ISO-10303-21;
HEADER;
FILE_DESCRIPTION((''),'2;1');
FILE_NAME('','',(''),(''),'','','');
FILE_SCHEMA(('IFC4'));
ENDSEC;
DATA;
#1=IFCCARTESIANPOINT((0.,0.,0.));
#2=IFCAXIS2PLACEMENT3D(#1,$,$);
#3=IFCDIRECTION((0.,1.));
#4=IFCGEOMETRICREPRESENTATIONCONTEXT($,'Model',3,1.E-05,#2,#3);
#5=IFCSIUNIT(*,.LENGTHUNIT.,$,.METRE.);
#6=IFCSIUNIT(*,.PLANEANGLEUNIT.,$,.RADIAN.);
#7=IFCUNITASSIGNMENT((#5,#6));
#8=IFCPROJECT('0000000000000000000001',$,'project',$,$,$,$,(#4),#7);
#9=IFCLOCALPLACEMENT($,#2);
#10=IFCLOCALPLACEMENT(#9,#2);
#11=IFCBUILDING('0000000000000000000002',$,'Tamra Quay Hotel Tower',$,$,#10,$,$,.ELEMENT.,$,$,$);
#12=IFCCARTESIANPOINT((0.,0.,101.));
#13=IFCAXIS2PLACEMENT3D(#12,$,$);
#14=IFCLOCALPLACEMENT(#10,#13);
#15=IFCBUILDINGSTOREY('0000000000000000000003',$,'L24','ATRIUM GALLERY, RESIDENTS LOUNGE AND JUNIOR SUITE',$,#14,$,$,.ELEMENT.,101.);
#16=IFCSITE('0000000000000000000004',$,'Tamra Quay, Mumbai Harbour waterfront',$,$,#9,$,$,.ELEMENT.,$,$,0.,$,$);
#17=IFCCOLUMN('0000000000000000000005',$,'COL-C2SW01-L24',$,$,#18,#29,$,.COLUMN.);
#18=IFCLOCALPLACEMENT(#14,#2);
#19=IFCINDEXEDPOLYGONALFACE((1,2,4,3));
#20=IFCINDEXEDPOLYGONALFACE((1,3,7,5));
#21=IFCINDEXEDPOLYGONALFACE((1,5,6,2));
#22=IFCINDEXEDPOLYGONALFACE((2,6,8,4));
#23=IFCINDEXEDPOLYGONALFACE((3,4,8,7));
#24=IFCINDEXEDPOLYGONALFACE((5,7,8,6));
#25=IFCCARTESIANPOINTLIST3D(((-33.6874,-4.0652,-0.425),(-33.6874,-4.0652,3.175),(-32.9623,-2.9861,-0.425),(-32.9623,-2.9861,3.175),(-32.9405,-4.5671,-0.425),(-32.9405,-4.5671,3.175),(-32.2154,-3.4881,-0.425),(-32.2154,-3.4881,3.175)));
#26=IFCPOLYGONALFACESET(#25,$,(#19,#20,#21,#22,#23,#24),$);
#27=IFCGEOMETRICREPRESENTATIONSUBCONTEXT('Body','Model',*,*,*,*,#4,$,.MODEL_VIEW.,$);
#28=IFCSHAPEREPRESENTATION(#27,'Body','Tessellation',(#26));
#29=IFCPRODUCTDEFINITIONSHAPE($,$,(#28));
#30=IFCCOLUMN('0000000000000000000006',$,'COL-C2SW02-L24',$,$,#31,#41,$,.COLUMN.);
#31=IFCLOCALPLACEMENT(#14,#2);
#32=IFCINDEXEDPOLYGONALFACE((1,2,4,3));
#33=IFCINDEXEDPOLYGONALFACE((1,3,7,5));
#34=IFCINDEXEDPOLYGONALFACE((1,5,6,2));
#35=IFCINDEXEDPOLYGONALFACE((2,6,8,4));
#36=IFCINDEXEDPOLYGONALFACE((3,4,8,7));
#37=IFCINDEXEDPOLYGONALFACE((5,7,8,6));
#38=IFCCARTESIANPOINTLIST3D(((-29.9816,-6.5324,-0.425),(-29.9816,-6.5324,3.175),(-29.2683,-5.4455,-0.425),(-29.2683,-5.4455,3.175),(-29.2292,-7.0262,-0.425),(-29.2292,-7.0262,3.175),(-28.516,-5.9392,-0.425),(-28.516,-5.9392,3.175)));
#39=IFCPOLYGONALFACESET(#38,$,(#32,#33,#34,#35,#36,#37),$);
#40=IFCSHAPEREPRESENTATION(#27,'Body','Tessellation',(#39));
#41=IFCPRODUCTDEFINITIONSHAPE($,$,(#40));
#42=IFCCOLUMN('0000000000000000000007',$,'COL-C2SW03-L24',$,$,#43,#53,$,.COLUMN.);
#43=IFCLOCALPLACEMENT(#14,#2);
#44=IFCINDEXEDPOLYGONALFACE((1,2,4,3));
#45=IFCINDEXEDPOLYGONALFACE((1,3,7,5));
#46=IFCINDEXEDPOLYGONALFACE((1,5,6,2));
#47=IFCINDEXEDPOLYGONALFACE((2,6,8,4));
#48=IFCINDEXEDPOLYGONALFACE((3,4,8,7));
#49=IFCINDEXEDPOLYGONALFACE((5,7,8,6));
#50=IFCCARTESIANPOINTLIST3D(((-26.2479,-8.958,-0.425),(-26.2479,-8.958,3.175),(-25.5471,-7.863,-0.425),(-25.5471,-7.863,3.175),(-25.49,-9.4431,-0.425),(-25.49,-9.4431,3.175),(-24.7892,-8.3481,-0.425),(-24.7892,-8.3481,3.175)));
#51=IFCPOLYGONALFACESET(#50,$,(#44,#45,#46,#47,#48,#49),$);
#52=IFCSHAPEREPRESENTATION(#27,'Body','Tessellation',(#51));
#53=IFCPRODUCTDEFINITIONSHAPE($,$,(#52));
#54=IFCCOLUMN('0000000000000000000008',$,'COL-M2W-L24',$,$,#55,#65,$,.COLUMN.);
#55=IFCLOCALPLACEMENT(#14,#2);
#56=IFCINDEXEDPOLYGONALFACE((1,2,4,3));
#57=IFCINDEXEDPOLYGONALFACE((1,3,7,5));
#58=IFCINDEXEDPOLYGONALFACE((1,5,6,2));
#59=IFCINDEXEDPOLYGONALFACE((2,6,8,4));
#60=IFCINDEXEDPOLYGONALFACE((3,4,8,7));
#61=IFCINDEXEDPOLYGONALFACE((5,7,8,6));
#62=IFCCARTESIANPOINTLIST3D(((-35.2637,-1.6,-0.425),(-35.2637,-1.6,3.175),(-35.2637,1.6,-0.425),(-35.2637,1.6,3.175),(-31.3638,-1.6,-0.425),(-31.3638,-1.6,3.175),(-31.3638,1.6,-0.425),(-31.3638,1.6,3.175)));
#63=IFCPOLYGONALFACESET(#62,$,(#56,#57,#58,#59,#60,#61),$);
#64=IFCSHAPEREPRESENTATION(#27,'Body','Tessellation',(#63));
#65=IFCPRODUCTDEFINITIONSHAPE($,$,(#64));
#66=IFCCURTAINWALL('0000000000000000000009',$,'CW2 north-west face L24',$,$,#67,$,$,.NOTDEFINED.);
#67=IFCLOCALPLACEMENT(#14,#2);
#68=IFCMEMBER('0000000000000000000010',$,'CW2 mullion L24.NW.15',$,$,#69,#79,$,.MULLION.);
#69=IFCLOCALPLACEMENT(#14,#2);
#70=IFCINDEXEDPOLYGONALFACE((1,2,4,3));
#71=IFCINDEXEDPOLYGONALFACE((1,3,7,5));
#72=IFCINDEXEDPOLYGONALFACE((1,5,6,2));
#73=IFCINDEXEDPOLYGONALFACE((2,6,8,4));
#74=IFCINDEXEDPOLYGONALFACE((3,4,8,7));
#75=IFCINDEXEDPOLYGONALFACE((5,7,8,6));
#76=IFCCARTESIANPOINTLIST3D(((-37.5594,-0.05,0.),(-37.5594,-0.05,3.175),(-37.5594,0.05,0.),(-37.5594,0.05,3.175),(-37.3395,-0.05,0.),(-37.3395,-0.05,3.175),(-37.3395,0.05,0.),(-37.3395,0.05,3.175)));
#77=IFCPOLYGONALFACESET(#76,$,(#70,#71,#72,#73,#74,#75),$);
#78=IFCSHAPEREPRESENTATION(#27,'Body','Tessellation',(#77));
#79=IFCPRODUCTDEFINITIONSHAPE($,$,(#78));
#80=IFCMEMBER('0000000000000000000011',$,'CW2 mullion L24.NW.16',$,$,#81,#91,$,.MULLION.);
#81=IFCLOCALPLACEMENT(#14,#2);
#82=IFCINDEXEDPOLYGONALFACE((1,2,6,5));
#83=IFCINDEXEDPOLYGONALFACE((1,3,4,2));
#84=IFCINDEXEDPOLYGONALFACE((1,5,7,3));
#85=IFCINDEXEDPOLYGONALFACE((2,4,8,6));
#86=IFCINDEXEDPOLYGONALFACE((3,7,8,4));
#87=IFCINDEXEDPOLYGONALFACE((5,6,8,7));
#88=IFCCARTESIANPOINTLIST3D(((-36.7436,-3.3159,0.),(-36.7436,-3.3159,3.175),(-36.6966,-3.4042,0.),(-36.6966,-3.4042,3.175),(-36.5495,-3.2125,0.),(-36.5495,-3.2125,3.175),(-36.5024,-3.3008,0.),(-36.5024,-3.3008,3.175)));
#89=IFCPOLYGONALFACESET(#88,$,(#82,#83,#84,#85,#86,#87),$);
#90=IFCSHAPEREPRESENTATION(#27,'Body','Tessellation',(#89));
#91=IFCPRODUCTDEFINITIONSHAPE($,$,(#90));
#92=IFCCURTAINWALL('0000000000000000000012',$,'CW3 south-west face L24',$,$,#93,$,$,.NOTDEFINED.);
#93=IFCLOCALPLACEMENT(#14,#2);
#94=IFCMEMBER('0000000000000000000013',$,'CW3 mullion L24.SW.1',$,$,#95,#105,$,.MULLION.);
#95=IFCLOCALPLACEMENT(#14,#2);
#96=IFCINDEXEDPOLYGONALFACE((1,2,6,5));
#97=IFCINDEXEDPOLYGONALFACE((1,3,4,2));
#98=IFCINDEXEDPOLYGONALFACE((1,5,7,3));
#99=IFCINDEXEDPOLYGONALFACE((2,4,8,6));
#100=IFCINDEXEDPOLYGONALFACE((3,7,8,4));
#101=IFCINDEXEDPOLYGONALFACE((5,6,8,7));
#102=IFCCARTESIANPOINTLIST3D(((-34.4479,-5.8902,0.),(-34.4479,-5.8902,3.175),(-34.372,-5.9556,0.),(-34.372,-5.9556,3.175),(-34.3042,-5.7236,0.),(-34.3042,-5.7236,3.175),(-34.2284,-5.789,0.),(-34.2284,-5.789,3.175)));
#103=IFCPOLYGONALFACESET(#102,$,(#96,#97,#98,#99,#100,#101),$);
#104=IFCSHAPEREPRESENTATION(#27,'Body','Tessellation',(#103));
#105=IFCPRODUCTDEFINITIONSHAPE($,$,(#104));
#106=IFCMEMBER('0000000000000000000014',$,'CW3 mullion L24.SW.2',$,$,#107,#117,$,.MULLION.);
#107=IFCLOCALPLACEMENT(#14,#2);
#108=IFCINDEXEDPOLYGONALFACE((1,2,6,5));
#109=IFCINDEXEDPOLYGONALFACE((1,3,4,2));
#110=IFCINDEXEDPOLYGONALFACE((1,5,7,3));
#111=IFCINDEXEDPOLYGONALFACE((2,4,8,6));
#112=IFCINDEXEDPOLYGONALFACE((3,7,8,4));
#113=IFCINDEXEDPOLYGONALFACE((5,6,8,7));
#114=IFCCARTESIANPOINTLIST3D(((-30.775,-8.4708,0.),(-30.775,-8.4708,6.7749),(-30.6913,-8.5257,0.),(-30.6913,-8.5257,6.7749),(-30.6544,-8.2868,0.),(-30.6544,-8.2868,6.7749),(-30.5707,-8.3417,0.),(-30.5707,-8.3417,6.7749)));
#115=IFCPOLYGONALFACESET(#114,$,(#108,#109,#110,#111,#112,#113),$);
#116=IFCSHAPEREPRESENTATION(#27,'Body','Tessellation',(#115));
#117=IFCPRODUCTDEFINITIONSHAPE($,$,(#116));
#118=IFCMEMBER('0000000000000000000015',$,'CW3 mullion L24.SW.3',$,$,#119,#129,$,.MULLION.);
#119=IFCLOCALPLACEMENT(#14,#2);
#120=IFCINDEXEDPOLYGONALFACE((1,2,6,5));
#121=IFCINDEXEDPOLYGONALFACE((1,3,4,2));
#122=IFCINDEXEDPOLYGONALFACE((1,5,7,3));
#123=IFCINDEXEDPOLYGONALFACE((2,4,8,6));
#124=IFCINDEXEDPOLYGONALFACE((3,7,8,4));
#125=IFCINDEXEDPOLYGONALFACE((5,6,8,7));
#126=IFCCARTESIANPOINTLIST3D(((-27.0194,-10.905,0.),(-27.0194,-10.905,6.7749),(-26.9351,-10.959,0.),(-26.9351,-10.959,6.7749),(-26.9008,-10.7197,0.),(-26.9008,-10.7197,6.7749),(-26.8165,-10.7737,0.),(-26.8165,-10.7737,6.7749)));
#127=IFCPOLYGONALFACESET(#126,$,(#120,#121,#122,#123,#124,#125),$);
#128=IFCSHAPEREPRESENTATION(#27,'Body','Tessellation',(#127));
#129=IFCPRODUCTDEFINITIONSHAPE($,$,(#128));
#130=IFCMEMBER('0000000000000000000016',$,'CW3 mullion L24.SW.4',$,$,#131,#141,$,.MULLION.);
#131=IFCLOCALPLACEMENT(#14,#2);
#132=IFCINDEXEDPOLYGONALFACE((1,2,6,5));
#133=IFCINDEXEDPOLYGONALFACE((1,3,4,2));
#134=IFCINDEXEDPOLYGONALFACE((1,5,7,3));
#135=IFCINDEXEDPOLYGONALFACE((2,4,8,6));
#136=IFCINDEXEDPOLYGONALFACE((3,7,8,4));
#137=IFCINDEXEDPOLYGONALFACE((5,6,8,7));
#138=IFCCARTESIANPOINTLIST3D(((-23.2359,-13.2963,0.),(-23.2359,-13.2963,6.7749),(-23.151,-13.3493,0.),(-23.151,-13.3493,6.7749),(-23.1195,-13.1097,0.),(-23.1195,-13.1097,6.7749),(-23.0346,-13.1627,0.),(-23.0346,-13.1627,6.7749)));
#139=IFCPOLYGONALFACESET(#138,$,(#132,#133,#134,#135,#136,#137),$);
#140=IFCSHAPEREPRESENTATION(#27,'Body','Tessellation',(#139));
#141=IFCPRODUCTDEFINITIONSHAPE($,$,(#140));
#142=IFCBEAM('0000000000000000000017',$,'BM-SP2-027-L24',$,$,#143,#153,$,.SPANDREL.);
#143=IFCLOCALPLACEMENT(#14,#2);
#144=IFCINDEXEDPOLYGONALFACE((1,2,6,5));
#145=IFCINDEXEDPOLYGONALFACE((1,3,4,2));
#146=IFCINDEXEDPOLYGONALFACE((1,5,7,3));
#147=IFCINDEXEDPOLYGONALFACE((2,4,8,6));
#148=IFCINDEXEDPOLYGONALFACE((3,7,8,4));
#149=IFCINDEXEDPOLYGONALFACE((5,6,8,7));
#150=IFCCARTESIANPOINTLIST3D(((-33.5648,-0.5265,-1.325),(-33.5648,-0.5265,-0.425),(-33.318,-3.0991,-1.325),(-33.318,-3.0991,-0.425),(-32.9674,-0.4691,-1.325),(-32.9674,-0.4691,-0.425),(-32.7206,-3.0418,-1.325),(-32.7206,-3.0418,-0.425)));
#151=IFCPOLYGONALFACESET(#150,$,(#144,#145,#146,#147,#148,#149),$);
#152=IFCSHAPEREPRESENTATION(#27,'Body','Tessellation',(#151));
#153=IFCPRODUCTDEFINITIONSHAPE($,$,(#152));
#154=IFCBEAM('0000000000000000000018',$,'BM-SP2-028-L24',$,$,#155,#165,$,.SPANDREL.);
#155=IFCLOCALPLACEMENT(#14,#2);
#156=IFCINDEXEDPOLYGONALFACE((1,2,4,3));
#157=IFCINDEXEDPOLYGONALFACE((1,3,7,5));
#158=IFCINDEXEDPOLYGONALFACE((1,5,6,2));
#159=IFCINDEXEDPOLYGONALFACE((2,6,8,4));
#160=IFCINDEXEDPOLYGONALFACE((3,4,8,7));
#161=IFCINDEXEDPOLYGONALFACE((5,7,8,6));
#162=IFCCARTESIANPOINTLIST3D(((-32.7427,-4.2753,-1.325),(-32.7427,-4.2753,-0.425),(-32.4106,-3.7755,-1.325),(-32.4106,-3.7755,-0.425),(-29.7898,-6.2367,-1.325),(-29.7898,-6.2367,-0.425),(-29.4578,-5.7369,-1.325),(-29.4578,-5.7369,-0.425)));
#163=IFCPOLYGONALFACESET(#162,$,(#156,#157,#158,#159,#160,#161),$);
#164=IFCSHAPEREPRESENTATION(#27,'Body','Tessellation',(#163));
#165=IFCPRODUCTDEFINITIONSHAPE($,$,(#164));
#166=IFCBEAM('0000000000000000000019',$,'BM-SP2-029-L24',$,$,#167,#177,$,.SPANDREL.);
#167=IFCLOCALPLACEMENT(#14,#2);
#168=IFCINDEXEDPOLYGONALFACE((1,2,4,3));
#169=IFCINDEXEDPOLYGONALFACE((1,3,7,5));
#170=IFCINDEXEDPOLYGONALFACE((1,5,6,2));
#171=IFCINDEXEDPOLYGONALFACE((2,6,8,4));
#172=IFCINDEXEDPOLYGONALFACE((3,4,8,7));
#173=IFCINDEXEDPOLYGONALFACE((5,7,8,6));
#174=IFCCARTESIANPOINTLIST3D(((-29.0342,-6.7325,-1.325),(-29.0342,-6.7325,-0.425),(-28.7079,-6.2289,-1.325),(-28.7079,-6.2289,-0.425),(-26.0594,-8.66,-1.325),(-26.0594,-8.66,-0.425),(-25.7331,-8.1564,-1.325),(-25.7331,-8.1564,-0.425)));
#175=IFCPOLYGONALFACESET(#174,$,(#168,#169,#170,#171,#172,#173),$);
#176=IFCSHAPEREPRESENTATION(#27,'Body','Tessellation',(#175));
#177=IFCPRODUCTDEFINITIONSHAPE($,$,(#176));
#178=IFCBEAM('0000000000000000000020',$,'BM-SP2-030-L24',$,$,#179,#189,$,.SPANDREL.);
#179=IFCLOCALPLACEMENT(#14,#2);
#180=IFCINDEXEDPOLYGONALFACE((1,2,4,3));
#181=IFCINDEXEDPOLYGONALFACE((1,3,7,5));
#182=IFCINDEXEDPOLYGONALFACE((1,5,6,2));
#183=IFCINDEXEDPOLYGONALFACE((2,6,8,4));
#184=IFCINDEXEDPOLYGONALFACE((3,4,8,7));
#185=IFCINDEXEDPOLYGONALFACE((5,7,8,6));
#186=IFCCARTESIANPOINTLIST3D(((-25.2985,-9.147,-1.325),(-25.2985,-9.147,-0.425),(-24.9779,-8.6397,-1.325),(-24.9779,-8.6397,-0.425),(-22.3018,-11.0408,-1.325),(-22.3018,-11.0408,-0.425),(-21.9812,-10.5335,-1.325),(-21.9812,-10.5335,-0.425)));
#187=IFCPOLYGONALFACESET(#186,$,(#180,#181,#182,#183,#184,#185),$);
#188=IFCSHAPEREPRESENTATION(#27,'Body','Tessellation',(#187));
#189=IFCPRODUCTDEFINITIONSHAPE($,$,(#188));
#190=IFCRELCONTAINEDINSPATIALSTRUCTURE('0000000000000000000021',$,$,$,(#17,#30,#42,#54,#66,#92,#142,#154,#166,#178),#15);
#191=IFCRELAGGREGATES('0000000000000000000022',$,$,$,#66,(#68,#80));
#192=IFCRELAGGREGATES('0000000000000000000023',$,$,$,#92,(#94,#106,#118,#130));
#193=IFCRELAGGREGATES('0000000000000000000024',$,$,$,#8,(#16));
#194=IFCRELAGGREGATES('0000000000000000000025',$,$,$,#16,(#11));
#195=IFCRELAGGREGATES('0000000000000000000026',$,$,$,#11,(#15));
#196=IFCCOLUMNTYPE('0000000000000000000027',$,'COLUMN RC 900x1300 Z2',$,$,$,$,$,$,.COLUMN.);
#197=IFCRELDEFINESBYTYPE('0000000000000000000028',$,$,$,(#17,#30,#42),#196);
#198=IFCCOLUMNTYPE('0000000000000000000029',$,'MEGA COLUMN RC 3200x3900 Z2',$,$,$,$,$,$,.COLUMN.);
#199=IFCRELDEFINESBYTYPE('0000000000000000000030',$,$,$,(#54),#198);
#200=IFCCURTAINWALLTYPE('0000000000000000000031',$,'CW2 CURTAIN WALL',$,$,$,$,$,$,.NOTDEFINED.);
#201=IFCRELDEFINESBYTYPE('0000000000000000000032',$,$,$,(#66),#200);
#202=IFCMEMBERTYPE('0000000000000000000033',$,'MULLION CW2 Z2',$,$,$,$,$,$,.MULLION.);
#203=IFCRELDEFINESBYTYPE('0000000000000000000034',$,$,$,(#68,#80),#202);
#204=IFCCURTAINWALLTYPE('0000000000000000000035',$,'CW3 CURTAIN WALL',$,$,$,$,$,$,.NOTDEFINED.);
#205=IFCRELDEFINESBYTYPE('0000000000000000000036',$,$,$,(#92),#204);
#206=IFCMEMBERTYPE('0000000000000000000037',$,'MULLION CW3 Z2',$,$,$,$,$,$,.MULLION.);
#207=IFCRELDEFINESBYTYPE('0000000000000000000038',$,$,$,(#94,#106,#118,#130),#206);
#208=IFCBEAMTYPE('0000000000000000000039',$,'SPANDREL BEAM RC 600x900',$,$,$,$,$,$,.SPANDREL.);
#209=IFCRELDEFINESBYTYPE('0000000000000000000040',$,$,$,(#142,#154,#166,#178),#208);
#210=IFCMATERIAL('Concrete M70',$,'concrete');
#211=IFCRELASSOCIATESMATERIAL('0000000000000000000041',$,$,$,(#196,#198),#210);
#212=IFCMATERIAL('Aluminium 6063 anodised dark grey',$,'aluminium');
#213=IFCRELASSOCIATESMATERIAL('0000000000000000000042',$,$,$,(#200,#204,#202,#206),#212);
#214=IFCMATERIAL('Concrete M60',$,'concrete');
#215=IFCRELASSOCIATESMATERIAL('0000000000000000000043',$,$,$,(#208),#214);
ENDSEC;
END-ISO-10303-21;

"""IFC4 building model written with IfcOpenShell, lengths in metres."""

from ifc_helpers import new_model, si_unit, direction, frame, origin, origin_2d, place, context, subcontext, project, spatial, rectangle, extrude, material, material_profile, profile_set, type_object, element, aggregate, save


model = new_model("IFC4")

# Units and contexts
model_context = context("Model", 3, precision=1e-05, world=origin(), true_north=direction((0.0, 1.0)))
body_context = subcontext(model_context, "Body", "Model", "MODEL_VIEW")
ifc_project = project(units=[si_unit("LENGTHUNIT", "METRE"), si_unit("PLANEANGLEUNIT", "RADIAN")], contexts=[model_context])

# Site, building, storey
site_placement = place(None, origin())
site = spatial("IfcSite", under=ifc_project, at=site_placement, Name="Tamra Quay, Mumbai Harbour waterfront", CompositionType="ELEMENT", RefElevation=0.0)
building_placement = place(site_placement, origin())
building = spatial("IfcBuilding", under=site, at=building_placement, Name="Tamra Quay Hotel Tower", CompositionType="ELEMENT")
storey_placement = place(building_placement, frame((0.0, 0.0, 101.0)))
storey = spatial("IfcBuildingStorey", under=building, at=storey_placement, Name="L24", Description="ATRIUM GALLERY, RESIDENTS LOUNGE AND JUNIOR SUITE", CompositionType="ELEMENT", Elevation=101.0)

# Columns
ifc_material_1 = material(Name="Concrete M70", Category="concrete")
ifc_material_profile_1 = material_profile(ifc_material_1, rectangle(XDim=1.3, YDim=0.8999, at=origin_2d()), Name="COLUMN RC 900x1300 Z2")
ifc_profile_set_1 = profile_set([ifc_material_profile_1], Name="Concrete M70")
column_type_1 = type_object("IfcColumnType", Name="COLUMN RC 900x1300 Z2", PredefinedType="COLUMN", material=ifc_profile_set_1)
for number, where, z_axis, x_axis, name in (
    (1, (-32.9514, -3.7766, -0.425), (0.0, 0.0, 1.0), (0.557767, 0.829998, 0.0), "COL-C2SW01-L24"),
    (2, (-29.2488, -6.2358, -0.425), (0.0, 0.0, 1.0), (0.548641, 0.836058, 0.0), "COL-C2SW02-L24"),
    (3, (-25.5186, -8.6531, -0.425), (0.0, 0.0, 1.0), (0.539065, 0.842264, 0.0), "COL-C2SW03-L24"),
):
    element("IfcColumn", number, at=place(storey_placement, frame(where, z_axis=z_axis, x_axis=x_axis)), inside=storey, type_object=column_type_1, Name=name, PredefinedType="COLUMN", context=body_context, shape_type="SweptSolid", body=[
        extrude(rectangle(XDim=1.3, YDim=0.8999, at=origin_2d()), origin(), (0.0, 0.0, 1.0), 3.6001),
    ])
ifc_material_profile_2 = material_profile(ifc_material_1, rectangle(XDim=3.8999, YDim=3.2, at=origin_2d()), Name="MEGA COLUMN RC 3200x3900 Z2")
ifc_profile_set_2 = profile_set([ifc_material_profile_2], Name="Concrete M70")
column_type_2 = type_object("IfcColumnType", Name="MEGA COLUMN RC 3200x3900 Z2", PredefinedType="COLUMN", material=ifc_profile_set_2)
column_placement = place(storey_placement, frame((-33.3137, 0.0, -0.425), z_axis=(0.0, 0.0, 1.0), x_axis=(1.0, 0.0, 0.0)))
element("IfcColumn", 4, at=column_placement, inside=storey, type_object=column_type_2, Name="COL-M2W-L24", PredefinedType="COLUMN", context=body_context, shape_type="SweptSolid", body=[
    extrude(rectangle(XDim=3.8999, YDim=3.2, at=origin_2d()), origin(), (0.0, 0.0, 1.0), 3.6001),
])

# Curtain walls, members
ifc_material_2 = material(Name="Aluminium 6063 anodised dark grey", Category="aluminium")
curtain_wall_type_1 = type_object("IfcCurtainWallType", Name="CW2 CURTAIN WALL", PredefinedType="NOTDEFINED", material=ifc_material_2)
curtain_wall_1_placement = place(storey_placement, origin())
curtain_wall_1 = element("IfcCurtainWall", 5, at=curtain_wall_1_placement, inside=storey, type_object=curtain_wall_type_1, Name="CW2 north-west face L24", PredefinedType="NOTDEFINED")
ifc_material_profile_3 = material_profile(ifc_material_2, rectangle(XDim=0.22, YDim=0.1001, at=origin_2d()), Name="MULLION 100X220")
ifc_profile_set_3 = profile_set([ifc_material_profile_3], Name="Aluminium 6063 anodised dark grey")
member_type_1 = type_object("IfcMemberType", Name="MULLION CW2 Z2", PredefinedType="MULLION", material=ifc_profile_set_3)
member_1_placement = place(storey_placement, frame((-37.4495, 0.0, 0.0), z_axis=(0.0, 0.0, 1.0), x_axis=(-1.0, 0.0, 0.0)))
member_1 = element("IfcMember", 6, at=member_1_placement, type_object=member_type_1, Name="CW2 mullion L24.NW.15", PredefinedType="MULLION", context=body_context, shape_type="SweptSolid", body=[
    extrude(rectangle(XDim=0.22, YDim=0.1001, at=origin_2d()), origin(), (0.0, 0.0, 1.0), 3.175),
])
member_2_placement = place(storey_placement, frame((-36.623, -3.3083, 0.0), z_axis=(0.0, 0.0, 1.0), x_axis=(-0.882544, -0.47023, 0.0)))
member_2 = element("IfcMember", 7, at=member_2_placement, type_object=member_type_1, Name="CW2 mullion L24.NW.16", PredefinedType="MULLION", context=body_context, shape_type="SweptSolid", body=[
    extrude(rectangle(XDim=0.22, YDim=0.1001, at=origin_2d()), origin(), (0.0, 0.0, 1.0), 3.175),
])
curtain_wall_type_2 = type_object("IfcCurtainWallType", Name="CW3 CURTAIN WALL", PredefinedType="NOTDEFINED", material=ifc_material_2)
curtain_wall_2_placement = place(storey_placement, origin())
curtain_wall_2 = element("IfcCurtainWall", 8, at=curtain_wall_2_placement, inside=storey, type_object=curtain_wall_type_2, Name="CW3 south-west face L24", PredefinedType="NOTDEFINED")
ifc_material_profile_4 = material_profile(ifc_material_2, rectangle(XDim=0.22, YDim=0.1001, at=origin_2d()), Name="MULLION 100X220")
ifc_profile_set_4 = profile_set([ifc_material_profile_4], Name="Aluminium 6063 anodised dark grey")
member_type_2 = type_object("IfcMemberType", Name="MULLION CW3 Z2", PredefinedType="MULLION", material=ifc_profile_set_4)
member_3_placement = place(storey_placement, frame((-34.3381, -5.8396, 0.0), z_axis=(0.0, 0.0, 1.0), x_axis=(-0.652887, -0.757455, 0.0)))
member_3 = element("IfcMember", 9, at=member_3_placement, type_object=member_type_2, Name="CW3 mullion L24.SW.1", PredefinedType="MULLION", context=body_context, shape_type="SweptSolid", body=[
    extrude(rectangle(XDim=0.22, YDim=0.1001, at=origin_2d()), origin(), (0.0, 0.0, 1.0), 3.175),
])
member_4_placement = place(storey_placement, frame((-30.6729, -8.4062, 0.0), z_axis=(0.0, 0.0, 1.0), x_axis=(-0.548547, -0.836119, 0.0)))
member_4 = element("IfcMember", 10, at=member_4_placement, type_object=member_type_2, Name="CW3 mullion L24.SW.2", PredefinedType="MULLION", context=body_context, shape_type="SweptSolid", body=[
    extrude(rectangle(XDim=0.22, YDim=0.1001, at=origin_2d()), origin(), (0.0, 0.0, 1.0), 6.7749),
])
member_5_placement = place(storey_placement, frame((-26.918, -10.8394, 0.0), z_axis=(0.0, 0.0, 1.0), x_axis=(-0.538999, -0.842307, 0.0)))
member_5 = element("IfcMember", 11, at=member_5_placement, type_object=member_type_2, Name="CW3 mullion L24.SW.3", PredefinedType="MULLION", context=body_context, shape_type="SweptSolid", body=[
    extrude(rectangle(XDim=0.22, YDim=0.1001, at=origin_2d()), origin(), (0.0, 0.0, 1.0), 6.7749),
])
member_6_placement = place(storey_placement, frame((-23.1353, -13.2295, 0.0), z_axis=(0.0, 0.0, 1.0), x_axis=(-0.529364, -0.848395, 0.0)))
member_6 = element("IfcMember", 12, at=member_6_placement, type_object=member_type_2, Name="CW3 mullion L24.SW.4", PredefinedType="MULLION", context=body_context, shape_type="SweptSolid", body=[
    extrude(rectangle(XDim=0.22, YDim=0.1001, at=origin_2d()), origin(), (0.0, 0.0, 1.0), 6.7749),
])

# Beams
ifc_material_3 = material(Name="Concrete M60", Category="concrete")
ifc_material_profile_5 = material_profile(ifc_material_3, rectangle(XDim=0.6001, YDim=0.8999, at=origin_2d()), Name="SPANDREL BEAM RC 600x900")
ifc_profile_set_5 = profile_set([ifc_material_profile_5], Name="Concrete M60")
beam_type = type_object("IfcBeamType", Name="SPANDREL BEAM RC 600x900", PredefinedType="SPANDREL", material=ifc_profile_set_5)
beam_1_placement = place(storey_placement, frame((-33.2661, -0.4978, -0.875), z_axis=(0.0955, -0.995429, 0.0), x_axis=(0.995429, 0.0955, 0.0)))
element("IfcBeam", 13, at=beam_1_placement, inside=storey, type_object=beam_type, Name="BM-SP2-027-L24", PredefinedType="SPANDREL", context=body_context, shape_type="SweptSolid", body=[
    extrude(rectangle(XDim=0.6001, YDim=0.8999, at=origin_2d()), origin(), (0.0, 0.0, 1.0), 2.5845),
])
beam_2_placement = place(storey_placement, frame((-32.5767, -4.0254, -0.875), z_axis=(0.832982, -0.553301, 0.0), x_axis=(0.553301, 0.832982, 0.0)))
element("IfcBeam", 14, at=beam_2_placement, inside=storey, type_object=beam_type, Name="BM-SP2-028-L24", PredefinedType="SPANDREL", context=body_context, shape_type="SweptSolid", body=[
    extrude(rectangle(XDim=0.6001, YDim=0.8999, at=origin_2d()), origin(), (0.0, 0.0, 1.0), 3.5449),
])
beam_3_placement = place(storey_placement, frame((-28.8711, -6.4807, -0.875), z_axis=(0.839237, -0.543765, 0.0), x_axis=(0.543765, 0.839237, 0.0)))
element("IfcBeam", 15, at=beam_3_placement, inside=storey, type_object=beam_type, Name="BM-SP2-029-L24", PredefinedType="SPANDREL", context=body_context, shape_type="SweptSolid", body=[
    extrude(rectangle(XDim=0.6001, YDim=0.8999, at=origin_2d()), origin(), (0.0, 0.0, 1.0), 3.5447),
])
beam_4_placement = place(storey_placement, frame((-25.1382, -8.8933, -0.875), z_axis=(0.845333, -0.534239, 0.0), x_axis=(0.534239, 0.845333, 0.0)))
element("IfcBeam", 16, at=beam_4_placement, inside=storey, type_object=beam_type, Name="BM-SP2-030-L24", PredefinedType="SPANDREL", context=body_context, shape_type="SweptSolid", body=[
    extrude(rectangle(XDim=0.6001, YDim=0.8999, at=origin_2d()), origin(), (0.0, 0.0, 1.0), 3.5449),
])

aggregate(curtain_wall_1, [member_1, member_2])
aggregate(curtain_wall_2, [member_3, member_4, member_5, member_6])

save(model, "model.ifc")
